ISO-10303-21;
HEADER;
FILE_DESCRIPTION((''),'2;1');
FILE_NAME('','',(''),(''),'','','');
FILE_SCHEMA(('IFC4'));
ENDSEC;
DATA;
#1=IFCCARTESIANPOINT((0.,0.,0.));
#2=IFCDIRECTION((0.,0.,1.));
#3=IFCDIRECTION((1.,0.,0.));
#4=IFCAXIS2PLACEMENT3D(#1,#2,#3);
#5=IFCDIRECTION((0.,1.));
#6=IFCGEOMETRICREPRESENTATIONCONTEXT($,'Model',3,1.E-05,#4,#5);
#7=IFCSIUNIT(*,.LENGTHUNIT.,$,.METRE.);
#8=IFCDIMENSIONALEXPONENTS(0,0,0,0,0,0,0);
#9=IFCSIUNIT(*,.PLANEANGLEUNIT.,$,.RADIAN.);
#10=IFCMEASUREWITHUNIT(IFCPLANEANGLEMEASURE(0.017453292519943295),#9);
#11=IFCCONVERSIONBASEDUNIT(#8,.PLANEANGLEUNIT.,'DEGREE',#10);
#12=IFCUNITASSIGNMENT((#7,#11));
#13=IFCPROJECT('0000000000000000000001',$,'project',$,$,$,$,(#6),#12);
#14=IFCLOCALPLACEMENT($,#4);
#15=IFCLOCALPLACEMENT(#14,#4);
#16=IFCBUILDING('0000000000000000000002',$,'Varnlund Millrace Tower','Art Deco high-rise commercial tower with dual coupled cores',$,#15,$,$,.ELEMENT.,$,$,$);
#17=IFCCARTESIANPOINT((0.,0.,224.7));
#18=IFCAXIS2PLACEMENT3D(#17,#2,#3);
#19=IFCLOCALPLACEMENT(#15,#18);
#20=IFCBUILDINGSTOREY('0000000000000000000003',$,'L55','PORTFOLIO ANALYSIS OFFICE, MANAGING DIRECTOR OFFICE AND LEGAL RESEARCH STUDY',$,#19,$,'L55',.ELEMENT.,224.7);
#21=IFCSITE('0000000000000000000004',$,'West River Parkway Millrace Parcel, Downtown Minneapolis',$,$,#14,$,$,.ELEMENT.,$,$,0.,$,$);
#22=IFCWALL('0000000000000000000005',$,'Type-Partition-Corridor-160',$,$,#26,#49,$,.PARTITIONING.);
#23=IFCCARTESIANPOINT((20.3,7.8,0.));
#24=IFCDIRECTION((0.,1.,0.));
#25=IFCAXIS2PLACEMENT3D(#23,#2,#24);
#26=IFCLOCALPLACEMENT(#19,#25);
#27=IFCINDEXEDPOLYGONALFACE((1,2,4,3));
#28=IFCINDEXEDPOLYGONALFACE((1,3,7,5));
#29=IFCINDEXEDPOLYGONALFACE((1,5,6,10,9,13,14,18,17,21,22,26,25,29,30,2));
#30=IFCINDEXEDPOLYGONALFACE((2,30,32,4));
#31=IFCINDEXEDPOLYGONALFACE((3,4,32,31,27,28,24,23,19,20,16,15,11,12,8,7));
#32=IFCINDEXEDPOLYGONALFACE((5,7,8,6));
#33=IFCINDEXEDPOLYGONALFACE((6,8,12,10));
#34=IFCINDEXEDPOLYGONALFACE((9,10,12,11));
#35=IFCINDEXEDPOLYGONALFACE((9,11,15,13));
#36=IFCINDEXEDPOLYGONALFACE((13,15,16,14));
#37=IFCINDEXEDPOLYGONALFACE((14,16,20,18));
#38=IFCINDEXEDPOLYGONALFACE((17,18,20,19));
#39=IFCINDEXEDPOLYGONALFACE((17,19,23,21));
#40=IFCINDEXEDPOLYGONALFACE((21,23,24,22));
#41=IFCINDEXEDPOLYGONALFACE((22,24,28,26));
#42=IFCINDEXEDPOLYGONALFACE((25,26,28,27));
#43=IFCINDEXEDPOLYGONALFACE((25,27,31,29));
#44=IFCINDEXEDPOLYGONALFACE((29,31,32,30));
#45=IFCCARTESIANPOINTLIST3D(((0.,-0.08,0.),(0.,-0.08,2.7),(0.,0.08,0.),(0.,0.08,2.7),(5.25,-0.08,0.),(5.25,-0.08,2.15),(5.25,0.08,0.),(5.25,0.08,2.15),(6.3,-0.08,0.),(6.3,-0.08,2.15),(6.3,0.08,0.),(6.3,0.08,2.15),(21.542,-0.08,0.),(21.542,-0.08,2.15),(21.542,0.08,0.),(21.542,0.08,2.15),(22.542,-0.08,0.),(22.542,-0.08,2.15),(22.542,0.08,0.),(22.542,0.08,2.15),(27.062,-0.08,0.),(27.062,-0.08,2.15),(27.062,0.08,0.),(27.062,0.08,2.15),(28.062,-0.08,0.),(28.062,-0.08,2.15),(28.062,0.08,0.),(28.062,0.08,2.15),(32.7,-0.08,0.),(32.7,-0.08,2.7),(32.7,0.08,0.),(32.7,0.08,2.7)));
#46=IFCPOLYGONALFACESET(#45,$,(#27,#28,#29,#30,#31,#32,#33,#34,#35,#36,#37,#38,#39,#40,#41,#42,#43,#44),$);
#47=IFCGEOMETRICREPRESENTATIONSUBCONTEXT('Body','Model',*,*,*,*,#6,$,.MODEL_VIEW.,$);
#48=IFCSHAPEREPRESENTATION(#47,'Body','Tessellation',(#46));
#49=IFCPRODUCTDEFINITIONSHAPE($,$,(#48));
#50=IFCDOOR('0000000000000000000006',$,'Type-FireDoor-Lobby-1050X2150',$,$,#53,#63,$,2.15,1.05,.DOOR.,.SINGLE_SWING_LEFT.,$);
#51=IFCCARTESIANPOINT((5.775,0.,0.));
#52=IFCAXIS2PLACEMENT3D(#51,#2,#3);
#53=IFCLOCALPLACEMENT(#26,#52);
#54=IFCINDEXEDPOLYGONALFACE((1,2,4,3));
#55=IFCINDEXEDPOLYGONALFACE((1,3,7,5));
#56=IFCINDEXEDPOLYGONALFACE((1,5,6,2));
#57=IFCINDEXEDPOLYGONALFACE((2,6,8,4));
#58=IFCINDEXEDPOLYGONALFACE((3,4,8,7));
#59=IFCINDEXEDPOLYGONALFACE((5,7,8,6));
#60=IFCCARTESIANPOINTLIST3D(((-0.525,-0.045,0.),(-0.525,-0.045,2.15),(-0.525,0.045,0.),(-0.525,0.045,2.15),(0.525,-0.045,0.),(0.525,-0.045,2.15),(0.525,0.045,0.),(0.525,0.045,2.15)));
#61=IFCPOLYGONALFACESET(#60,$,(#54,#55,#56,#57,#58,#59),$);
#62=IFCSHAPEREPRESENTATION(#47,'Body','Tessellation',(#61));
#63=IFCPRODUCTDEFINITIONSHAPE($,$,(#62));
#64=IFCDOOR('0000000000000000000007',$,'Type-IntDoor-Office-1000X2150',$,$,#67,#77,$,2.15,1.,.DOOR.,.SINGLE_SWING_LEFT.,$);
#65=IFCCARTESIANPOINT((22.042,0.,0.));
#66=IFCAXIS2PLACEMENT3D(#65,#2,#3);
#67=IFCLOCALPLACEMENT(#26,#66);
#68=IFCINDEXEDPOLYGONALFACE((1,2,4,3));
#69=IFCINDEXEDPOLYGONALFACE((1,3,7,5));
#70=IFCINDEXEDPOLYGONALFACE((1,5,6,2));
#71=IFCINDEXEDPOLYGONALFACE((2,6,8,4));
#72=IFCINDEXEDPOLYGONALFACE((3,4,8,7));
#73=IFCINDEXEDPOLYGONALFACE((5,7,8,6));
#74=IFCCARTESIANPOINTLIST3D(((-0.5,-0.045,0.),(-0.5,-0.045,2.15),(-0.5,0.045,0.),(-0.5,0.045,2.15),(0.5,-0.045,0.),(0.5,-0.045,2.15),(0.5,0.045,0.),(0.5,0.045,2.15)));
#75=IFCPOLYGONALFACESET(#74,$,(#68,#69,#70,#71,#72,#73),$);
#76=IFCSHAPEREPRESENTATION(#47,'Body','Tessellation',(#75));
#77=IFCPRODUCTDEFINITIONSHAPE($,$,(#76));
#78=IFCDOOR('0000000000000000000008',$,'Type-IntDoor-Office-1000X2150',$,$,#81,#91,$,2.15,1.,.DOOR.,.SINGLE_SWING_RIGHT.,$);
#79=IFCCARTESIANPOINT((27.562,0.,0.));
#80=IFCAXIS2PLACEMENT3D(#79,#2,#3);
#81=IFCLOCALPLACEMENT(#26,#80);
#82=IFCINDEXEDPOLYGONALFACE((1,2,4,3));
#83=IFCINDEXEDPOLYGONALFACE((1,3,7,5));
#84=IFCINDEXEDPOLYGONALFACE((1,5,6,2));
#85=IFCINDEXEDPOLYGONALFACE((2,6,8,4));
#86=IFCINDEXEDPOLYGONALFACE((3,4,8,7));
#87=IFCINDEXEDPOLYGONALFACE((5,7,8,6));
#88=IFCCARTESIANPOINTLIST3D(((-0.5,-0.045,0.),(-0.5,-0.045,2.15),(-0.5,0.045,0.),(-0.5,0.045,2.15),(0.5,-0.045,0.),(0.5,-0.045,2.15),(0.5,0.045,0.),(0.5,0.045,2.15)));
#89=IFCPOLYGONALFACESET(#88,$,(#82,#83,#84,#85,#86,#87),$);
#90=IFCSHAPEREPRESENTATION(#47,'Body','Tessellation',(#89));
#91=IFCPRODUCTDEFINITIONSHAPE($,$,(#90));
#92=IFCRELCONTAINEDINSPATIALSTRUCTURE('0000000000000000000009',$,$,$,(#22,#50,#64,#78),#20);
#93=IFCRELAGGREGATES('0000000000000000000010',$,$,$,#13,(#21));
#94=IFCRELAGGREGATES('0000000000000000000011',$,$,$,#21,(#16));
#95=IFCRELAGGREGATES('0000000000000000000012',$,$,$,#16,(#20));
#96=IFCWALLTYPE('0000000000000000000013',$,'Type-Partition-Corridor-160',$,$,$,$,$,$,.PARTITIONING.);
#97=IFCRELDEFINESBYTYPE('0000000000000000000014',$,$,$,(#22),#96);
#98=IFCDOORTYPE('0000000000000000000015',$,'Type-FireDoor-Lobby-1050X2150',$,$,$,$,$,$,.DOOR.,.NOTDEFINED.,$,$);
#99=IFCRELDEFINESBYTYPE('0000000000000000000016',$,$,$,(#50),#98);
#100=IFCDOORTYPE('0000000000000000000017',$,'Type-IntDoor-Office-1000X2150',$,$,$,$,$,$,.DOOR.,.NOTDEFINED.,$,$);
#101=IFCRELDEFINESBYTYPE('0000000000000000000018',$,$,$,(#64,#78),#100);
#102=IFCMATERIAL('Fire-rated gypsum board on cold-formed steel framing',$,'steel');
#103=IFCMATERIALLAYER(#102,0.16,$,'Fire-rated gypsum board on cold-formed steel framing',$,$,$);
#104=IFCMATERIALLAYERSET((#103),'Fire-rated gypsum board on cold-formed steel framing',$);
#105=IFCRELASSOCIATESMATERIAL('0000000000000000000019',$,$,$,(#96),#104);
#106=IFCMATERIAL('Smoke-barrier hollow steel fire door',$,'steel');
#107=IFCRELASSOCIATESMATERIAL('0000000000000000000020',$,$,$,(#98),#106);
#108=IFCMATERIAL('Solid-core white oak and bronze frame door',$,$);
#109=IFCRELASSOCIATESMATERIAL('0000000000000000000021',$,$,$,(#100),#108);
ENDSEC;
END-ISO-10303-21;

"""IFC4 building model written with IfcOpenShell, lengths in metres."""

from ifc_helpers import new_model, entity, si_unit, converted_unit, direction, frame, origin_with_axes, origin_2d_with_axis, place, context, subcontext, project, spatial, polyline, rectangle, outline, extrude, material, layer, layer_set, type_object, element, fill, save


model = new_model("IFC4")

# Units and contexts
model_context = context("Model", 3, precision=1e-05, world=origin_with_axes(), true_north=direction((0.0, 1.0)))
body_context = subcontext(model_context, "Body", "Model", "MODEL_VIEW")
ifc_project = project(units=[si_unit("LENGTHUNIT", "METRE"), converted_unit("PLANEANGLEUNIT", "DEGREE", entity("IfcPlaneAngleMeasure", 0.017453292519943295), si_unit("PLANEANGLEUNIT", "RADIAN"), dimensions=[0, 0, 0, 0, 0, 0, 0])], contexts=[model_context])

# Site, building, storey
site_placement = place(None, origin_with_axes())
site = spatial("IfcSite", under=ifc_project, at=site_placement, Name="West River Parkway Millrace Parcel, Downtown Minneapolis", CompositionType="ELEMENT", RefElevation=0.0)
building_placement = place(site_placement, origin_with_axes())
building = spatial("IfcBuilding", under=site, at=building_placement, Name="Varnlund Millrace Tower", Description="Art Deco high-rise commercial tower with dual coupled cores", CompositionType="ELEMENT")
storey_placement = place(building_placement, frame((0.0, 0.0, 224.7), z_axis=(0.0, 0.0, 1.0), x_axis=(1.0, 0.0, 0.0)))
storey = spatial("IfcBuildingStorey", under=building, at=storey_placement, Name="L55", Description="PORTFOLIO ANALYSIS OFFICE, MANAGING DIRECTOR OFFICE AND LEGAL RESEARCH STUDY", LongName="L55", CompositionType="ELEMENT", Elevation=224.7)

# Shared definitions
ifc_material_1 = material(Name="Fire-rated gypsum board on cold-formed steel framing", Category="steel")
ifc_layer_1 = layer(ifc_material_1, 0.16, Name="Fire-rated gypsum board on cold-formed steel framing")
ifc_layer_set_1 = layer_set([ifc_layer_1], Name="Fire-rated gypsum board on cold-formed steel framing")
wall_type_1 = type_object("IfcWallType", Name="Type-Partition-Corridor-160", PredefinedType="PARTITIONING", material=ifc_layer_set_1)

# Wall, openings, doors
wall_1_placement = place(storey_placement, frame((20.3, 7.8, 0.0), z_axis=(0.0, 0.0, 1.0), x_axis=(0.0, 1.0, 0.0)))
wall_1 = element("IfcWall", 1, at=wall_1_placement, inside=storey, type_object=wall_type_1, Name="Type-Partition-Corridor-160", PredefinedType="PARTITIONING", context=body_context, shape_type="SweptSolid", body=[
    extrude(outline(polyline([(0.0, -0.08), (32.7, -0.08), (32.7, 0.08), (0.0, 0.08), (0.0, -0.08)])), origin_with_axes(), (0.0, 0.0, 1.0), 2.7),
])
opening_1_placement = place(wall_1_placement, frame((22.042, 0.0, 0.0), z_axis=(0.0, 0.0, 1.0), x_axis=(1.0, 0.0, 0.0)))
opening_1 = element("IfcOpeningElement", 2, at=opening_1_placement, cuts=wall_1, PredefinedType="OPENING", context=body_context, shape_type="SweptSolid", body=[
    extrude(rectangle(XDim=1.0, YDim=0.18, at=origin_2d_with_axis()), origin_with_axes(), (0.0, 0.0, 1.0), 2.15),
])
opening_2_placement = place(wall_1_placement, frame((27.562, 0.0, 0.0), z_axis=(0.0, 0.0, 1.0), x_axis=(1.0, 0.0, 0.0)))
opening_2 = element("IfcOpeningElement", 3, at=opening_2_placement, cuts=wall_1, PredefinedType="OPENING", context=body_context, shape_type="SweptSolid", body=[
    extrude(rectangle(XDim=1.0, YDim=0.18, at=origin_2d_with_axis()), origin_with_axes(), (0.0, 0.0, 1.0), 2.15),
])
opening_3_placement = place(wall_1_placement, frame((5.775, 0.0, 0.0), z_axis=(0.0, 0.0, 1.0), x_axis=(1.0, 0.0, 0.0)))
opening_3 = element("IfcOpeningElement", 4, at=opening_3_placement, cuts=wall_1, PredefinedType="OPENING", context=body_context, shape_type="SweptSolid", body=[
    extrude(rectangle(XDim=1.05, YDim=0.18, at=origin_2d_with_axis()), origin_with_axes(), (0.0, 0.0, 1.0), 2.15),
])
ifc_material_2 = material(Name="Smoke-barrier hollow steel fire door", Category="steel")
door_type_1 = type_object("IfcDoorType", Name="Type-FireDoor-Lobby-1050X2150", OperationType="NOTDEFINED", PredefinedType="DOOR", material=ifc_material_2)
door_1_placement = place(wall_1_placement, frame((5.775, 0.0, 0.0), z_axis=(0.0, 0.0, 1.0), x_axis=(1.0, 0.0, 0.0)))
door_1 = element("IfcDoor", 5, at=door_1_placement, inside=storey, type_object=door_type_1, Name="Type-FireDoor-Lobby-1050X2150", OperationType="SINGLE_SWING_LEFT", OverallHeight=2.15, OverallWidth=1.05, PredefinedType="DOOR", context=body_context, shape_type="SweptSolid", body=[
    extrude(rectangle(XDim=1.05, YDim=0.09, at=origin_2d_with_axis()), origin_with_axes(), (0.0, 0.0, 1.0), 2.15),
])
fill(opening_3, door_1)
ifc_material_3 = material(Name="Solid-core white oak and bronze frame door")
door_type_2 = type_object("IfcDoorType", Name="Type-IntDoor-Office-1000X2150", OperationType="NOTDEFINED", PredefinedType="DOOR", material=ifc_material_3)
door_2_placement = place(wall_1_placement, frame((22.042, 0.0, 0.0), z_axis=(0.0, 0.0, 1.0), x_axis=(1.0, 0.0, 0.0)))
door_2 = element("IfcDoor", 6, at=door_2_placement, inside=storey, type_object=door_type_2, Name="Type-IntDoor-Office-1000X2150", OperationType="SINGLE_SWING_LEFT", OverallHeight=2.15, OverallWidth=1.0, PredefinedType="DOOR", context=body_context, shape_type="SweptSolid", body=[
    extrude(rectangle(XDim=1.0, YDim=0.09, at=origin_2d_with_axis()), origin_with_axes(), (0.0, 0.0, 1.0), 2.15),
])
fill(opening_1, door_2)
door_3_placement = place(wall_1_placement, frame((27.562, 0.0, 0.0), z_axis=(0.0, 0.0, 1.0), x_axis=(1.0, 0.0, 0.0)))
door_3 = element("IfcDoor", 7, at=door_3_placement, inside=storey, type_object=door_type_2, Name="Type-IntDoor-Office-1000X2150", OperationType="SINGLE_SWING_RIGHT", OverallHeight=2.15, OverallWidth=1.0, PredefinedType="DOOR", context=body_context, shape_type="SweptSolid", body=[
    extrude(rectangle(XDim=1.0, YDim=0.09, at=origin_2d_with_axis()), origin_with_axes(), (0.0, 0.0, 1.0), 2.15),
])
fill(opening_2, door_3)

save(model, "model.ifc")
